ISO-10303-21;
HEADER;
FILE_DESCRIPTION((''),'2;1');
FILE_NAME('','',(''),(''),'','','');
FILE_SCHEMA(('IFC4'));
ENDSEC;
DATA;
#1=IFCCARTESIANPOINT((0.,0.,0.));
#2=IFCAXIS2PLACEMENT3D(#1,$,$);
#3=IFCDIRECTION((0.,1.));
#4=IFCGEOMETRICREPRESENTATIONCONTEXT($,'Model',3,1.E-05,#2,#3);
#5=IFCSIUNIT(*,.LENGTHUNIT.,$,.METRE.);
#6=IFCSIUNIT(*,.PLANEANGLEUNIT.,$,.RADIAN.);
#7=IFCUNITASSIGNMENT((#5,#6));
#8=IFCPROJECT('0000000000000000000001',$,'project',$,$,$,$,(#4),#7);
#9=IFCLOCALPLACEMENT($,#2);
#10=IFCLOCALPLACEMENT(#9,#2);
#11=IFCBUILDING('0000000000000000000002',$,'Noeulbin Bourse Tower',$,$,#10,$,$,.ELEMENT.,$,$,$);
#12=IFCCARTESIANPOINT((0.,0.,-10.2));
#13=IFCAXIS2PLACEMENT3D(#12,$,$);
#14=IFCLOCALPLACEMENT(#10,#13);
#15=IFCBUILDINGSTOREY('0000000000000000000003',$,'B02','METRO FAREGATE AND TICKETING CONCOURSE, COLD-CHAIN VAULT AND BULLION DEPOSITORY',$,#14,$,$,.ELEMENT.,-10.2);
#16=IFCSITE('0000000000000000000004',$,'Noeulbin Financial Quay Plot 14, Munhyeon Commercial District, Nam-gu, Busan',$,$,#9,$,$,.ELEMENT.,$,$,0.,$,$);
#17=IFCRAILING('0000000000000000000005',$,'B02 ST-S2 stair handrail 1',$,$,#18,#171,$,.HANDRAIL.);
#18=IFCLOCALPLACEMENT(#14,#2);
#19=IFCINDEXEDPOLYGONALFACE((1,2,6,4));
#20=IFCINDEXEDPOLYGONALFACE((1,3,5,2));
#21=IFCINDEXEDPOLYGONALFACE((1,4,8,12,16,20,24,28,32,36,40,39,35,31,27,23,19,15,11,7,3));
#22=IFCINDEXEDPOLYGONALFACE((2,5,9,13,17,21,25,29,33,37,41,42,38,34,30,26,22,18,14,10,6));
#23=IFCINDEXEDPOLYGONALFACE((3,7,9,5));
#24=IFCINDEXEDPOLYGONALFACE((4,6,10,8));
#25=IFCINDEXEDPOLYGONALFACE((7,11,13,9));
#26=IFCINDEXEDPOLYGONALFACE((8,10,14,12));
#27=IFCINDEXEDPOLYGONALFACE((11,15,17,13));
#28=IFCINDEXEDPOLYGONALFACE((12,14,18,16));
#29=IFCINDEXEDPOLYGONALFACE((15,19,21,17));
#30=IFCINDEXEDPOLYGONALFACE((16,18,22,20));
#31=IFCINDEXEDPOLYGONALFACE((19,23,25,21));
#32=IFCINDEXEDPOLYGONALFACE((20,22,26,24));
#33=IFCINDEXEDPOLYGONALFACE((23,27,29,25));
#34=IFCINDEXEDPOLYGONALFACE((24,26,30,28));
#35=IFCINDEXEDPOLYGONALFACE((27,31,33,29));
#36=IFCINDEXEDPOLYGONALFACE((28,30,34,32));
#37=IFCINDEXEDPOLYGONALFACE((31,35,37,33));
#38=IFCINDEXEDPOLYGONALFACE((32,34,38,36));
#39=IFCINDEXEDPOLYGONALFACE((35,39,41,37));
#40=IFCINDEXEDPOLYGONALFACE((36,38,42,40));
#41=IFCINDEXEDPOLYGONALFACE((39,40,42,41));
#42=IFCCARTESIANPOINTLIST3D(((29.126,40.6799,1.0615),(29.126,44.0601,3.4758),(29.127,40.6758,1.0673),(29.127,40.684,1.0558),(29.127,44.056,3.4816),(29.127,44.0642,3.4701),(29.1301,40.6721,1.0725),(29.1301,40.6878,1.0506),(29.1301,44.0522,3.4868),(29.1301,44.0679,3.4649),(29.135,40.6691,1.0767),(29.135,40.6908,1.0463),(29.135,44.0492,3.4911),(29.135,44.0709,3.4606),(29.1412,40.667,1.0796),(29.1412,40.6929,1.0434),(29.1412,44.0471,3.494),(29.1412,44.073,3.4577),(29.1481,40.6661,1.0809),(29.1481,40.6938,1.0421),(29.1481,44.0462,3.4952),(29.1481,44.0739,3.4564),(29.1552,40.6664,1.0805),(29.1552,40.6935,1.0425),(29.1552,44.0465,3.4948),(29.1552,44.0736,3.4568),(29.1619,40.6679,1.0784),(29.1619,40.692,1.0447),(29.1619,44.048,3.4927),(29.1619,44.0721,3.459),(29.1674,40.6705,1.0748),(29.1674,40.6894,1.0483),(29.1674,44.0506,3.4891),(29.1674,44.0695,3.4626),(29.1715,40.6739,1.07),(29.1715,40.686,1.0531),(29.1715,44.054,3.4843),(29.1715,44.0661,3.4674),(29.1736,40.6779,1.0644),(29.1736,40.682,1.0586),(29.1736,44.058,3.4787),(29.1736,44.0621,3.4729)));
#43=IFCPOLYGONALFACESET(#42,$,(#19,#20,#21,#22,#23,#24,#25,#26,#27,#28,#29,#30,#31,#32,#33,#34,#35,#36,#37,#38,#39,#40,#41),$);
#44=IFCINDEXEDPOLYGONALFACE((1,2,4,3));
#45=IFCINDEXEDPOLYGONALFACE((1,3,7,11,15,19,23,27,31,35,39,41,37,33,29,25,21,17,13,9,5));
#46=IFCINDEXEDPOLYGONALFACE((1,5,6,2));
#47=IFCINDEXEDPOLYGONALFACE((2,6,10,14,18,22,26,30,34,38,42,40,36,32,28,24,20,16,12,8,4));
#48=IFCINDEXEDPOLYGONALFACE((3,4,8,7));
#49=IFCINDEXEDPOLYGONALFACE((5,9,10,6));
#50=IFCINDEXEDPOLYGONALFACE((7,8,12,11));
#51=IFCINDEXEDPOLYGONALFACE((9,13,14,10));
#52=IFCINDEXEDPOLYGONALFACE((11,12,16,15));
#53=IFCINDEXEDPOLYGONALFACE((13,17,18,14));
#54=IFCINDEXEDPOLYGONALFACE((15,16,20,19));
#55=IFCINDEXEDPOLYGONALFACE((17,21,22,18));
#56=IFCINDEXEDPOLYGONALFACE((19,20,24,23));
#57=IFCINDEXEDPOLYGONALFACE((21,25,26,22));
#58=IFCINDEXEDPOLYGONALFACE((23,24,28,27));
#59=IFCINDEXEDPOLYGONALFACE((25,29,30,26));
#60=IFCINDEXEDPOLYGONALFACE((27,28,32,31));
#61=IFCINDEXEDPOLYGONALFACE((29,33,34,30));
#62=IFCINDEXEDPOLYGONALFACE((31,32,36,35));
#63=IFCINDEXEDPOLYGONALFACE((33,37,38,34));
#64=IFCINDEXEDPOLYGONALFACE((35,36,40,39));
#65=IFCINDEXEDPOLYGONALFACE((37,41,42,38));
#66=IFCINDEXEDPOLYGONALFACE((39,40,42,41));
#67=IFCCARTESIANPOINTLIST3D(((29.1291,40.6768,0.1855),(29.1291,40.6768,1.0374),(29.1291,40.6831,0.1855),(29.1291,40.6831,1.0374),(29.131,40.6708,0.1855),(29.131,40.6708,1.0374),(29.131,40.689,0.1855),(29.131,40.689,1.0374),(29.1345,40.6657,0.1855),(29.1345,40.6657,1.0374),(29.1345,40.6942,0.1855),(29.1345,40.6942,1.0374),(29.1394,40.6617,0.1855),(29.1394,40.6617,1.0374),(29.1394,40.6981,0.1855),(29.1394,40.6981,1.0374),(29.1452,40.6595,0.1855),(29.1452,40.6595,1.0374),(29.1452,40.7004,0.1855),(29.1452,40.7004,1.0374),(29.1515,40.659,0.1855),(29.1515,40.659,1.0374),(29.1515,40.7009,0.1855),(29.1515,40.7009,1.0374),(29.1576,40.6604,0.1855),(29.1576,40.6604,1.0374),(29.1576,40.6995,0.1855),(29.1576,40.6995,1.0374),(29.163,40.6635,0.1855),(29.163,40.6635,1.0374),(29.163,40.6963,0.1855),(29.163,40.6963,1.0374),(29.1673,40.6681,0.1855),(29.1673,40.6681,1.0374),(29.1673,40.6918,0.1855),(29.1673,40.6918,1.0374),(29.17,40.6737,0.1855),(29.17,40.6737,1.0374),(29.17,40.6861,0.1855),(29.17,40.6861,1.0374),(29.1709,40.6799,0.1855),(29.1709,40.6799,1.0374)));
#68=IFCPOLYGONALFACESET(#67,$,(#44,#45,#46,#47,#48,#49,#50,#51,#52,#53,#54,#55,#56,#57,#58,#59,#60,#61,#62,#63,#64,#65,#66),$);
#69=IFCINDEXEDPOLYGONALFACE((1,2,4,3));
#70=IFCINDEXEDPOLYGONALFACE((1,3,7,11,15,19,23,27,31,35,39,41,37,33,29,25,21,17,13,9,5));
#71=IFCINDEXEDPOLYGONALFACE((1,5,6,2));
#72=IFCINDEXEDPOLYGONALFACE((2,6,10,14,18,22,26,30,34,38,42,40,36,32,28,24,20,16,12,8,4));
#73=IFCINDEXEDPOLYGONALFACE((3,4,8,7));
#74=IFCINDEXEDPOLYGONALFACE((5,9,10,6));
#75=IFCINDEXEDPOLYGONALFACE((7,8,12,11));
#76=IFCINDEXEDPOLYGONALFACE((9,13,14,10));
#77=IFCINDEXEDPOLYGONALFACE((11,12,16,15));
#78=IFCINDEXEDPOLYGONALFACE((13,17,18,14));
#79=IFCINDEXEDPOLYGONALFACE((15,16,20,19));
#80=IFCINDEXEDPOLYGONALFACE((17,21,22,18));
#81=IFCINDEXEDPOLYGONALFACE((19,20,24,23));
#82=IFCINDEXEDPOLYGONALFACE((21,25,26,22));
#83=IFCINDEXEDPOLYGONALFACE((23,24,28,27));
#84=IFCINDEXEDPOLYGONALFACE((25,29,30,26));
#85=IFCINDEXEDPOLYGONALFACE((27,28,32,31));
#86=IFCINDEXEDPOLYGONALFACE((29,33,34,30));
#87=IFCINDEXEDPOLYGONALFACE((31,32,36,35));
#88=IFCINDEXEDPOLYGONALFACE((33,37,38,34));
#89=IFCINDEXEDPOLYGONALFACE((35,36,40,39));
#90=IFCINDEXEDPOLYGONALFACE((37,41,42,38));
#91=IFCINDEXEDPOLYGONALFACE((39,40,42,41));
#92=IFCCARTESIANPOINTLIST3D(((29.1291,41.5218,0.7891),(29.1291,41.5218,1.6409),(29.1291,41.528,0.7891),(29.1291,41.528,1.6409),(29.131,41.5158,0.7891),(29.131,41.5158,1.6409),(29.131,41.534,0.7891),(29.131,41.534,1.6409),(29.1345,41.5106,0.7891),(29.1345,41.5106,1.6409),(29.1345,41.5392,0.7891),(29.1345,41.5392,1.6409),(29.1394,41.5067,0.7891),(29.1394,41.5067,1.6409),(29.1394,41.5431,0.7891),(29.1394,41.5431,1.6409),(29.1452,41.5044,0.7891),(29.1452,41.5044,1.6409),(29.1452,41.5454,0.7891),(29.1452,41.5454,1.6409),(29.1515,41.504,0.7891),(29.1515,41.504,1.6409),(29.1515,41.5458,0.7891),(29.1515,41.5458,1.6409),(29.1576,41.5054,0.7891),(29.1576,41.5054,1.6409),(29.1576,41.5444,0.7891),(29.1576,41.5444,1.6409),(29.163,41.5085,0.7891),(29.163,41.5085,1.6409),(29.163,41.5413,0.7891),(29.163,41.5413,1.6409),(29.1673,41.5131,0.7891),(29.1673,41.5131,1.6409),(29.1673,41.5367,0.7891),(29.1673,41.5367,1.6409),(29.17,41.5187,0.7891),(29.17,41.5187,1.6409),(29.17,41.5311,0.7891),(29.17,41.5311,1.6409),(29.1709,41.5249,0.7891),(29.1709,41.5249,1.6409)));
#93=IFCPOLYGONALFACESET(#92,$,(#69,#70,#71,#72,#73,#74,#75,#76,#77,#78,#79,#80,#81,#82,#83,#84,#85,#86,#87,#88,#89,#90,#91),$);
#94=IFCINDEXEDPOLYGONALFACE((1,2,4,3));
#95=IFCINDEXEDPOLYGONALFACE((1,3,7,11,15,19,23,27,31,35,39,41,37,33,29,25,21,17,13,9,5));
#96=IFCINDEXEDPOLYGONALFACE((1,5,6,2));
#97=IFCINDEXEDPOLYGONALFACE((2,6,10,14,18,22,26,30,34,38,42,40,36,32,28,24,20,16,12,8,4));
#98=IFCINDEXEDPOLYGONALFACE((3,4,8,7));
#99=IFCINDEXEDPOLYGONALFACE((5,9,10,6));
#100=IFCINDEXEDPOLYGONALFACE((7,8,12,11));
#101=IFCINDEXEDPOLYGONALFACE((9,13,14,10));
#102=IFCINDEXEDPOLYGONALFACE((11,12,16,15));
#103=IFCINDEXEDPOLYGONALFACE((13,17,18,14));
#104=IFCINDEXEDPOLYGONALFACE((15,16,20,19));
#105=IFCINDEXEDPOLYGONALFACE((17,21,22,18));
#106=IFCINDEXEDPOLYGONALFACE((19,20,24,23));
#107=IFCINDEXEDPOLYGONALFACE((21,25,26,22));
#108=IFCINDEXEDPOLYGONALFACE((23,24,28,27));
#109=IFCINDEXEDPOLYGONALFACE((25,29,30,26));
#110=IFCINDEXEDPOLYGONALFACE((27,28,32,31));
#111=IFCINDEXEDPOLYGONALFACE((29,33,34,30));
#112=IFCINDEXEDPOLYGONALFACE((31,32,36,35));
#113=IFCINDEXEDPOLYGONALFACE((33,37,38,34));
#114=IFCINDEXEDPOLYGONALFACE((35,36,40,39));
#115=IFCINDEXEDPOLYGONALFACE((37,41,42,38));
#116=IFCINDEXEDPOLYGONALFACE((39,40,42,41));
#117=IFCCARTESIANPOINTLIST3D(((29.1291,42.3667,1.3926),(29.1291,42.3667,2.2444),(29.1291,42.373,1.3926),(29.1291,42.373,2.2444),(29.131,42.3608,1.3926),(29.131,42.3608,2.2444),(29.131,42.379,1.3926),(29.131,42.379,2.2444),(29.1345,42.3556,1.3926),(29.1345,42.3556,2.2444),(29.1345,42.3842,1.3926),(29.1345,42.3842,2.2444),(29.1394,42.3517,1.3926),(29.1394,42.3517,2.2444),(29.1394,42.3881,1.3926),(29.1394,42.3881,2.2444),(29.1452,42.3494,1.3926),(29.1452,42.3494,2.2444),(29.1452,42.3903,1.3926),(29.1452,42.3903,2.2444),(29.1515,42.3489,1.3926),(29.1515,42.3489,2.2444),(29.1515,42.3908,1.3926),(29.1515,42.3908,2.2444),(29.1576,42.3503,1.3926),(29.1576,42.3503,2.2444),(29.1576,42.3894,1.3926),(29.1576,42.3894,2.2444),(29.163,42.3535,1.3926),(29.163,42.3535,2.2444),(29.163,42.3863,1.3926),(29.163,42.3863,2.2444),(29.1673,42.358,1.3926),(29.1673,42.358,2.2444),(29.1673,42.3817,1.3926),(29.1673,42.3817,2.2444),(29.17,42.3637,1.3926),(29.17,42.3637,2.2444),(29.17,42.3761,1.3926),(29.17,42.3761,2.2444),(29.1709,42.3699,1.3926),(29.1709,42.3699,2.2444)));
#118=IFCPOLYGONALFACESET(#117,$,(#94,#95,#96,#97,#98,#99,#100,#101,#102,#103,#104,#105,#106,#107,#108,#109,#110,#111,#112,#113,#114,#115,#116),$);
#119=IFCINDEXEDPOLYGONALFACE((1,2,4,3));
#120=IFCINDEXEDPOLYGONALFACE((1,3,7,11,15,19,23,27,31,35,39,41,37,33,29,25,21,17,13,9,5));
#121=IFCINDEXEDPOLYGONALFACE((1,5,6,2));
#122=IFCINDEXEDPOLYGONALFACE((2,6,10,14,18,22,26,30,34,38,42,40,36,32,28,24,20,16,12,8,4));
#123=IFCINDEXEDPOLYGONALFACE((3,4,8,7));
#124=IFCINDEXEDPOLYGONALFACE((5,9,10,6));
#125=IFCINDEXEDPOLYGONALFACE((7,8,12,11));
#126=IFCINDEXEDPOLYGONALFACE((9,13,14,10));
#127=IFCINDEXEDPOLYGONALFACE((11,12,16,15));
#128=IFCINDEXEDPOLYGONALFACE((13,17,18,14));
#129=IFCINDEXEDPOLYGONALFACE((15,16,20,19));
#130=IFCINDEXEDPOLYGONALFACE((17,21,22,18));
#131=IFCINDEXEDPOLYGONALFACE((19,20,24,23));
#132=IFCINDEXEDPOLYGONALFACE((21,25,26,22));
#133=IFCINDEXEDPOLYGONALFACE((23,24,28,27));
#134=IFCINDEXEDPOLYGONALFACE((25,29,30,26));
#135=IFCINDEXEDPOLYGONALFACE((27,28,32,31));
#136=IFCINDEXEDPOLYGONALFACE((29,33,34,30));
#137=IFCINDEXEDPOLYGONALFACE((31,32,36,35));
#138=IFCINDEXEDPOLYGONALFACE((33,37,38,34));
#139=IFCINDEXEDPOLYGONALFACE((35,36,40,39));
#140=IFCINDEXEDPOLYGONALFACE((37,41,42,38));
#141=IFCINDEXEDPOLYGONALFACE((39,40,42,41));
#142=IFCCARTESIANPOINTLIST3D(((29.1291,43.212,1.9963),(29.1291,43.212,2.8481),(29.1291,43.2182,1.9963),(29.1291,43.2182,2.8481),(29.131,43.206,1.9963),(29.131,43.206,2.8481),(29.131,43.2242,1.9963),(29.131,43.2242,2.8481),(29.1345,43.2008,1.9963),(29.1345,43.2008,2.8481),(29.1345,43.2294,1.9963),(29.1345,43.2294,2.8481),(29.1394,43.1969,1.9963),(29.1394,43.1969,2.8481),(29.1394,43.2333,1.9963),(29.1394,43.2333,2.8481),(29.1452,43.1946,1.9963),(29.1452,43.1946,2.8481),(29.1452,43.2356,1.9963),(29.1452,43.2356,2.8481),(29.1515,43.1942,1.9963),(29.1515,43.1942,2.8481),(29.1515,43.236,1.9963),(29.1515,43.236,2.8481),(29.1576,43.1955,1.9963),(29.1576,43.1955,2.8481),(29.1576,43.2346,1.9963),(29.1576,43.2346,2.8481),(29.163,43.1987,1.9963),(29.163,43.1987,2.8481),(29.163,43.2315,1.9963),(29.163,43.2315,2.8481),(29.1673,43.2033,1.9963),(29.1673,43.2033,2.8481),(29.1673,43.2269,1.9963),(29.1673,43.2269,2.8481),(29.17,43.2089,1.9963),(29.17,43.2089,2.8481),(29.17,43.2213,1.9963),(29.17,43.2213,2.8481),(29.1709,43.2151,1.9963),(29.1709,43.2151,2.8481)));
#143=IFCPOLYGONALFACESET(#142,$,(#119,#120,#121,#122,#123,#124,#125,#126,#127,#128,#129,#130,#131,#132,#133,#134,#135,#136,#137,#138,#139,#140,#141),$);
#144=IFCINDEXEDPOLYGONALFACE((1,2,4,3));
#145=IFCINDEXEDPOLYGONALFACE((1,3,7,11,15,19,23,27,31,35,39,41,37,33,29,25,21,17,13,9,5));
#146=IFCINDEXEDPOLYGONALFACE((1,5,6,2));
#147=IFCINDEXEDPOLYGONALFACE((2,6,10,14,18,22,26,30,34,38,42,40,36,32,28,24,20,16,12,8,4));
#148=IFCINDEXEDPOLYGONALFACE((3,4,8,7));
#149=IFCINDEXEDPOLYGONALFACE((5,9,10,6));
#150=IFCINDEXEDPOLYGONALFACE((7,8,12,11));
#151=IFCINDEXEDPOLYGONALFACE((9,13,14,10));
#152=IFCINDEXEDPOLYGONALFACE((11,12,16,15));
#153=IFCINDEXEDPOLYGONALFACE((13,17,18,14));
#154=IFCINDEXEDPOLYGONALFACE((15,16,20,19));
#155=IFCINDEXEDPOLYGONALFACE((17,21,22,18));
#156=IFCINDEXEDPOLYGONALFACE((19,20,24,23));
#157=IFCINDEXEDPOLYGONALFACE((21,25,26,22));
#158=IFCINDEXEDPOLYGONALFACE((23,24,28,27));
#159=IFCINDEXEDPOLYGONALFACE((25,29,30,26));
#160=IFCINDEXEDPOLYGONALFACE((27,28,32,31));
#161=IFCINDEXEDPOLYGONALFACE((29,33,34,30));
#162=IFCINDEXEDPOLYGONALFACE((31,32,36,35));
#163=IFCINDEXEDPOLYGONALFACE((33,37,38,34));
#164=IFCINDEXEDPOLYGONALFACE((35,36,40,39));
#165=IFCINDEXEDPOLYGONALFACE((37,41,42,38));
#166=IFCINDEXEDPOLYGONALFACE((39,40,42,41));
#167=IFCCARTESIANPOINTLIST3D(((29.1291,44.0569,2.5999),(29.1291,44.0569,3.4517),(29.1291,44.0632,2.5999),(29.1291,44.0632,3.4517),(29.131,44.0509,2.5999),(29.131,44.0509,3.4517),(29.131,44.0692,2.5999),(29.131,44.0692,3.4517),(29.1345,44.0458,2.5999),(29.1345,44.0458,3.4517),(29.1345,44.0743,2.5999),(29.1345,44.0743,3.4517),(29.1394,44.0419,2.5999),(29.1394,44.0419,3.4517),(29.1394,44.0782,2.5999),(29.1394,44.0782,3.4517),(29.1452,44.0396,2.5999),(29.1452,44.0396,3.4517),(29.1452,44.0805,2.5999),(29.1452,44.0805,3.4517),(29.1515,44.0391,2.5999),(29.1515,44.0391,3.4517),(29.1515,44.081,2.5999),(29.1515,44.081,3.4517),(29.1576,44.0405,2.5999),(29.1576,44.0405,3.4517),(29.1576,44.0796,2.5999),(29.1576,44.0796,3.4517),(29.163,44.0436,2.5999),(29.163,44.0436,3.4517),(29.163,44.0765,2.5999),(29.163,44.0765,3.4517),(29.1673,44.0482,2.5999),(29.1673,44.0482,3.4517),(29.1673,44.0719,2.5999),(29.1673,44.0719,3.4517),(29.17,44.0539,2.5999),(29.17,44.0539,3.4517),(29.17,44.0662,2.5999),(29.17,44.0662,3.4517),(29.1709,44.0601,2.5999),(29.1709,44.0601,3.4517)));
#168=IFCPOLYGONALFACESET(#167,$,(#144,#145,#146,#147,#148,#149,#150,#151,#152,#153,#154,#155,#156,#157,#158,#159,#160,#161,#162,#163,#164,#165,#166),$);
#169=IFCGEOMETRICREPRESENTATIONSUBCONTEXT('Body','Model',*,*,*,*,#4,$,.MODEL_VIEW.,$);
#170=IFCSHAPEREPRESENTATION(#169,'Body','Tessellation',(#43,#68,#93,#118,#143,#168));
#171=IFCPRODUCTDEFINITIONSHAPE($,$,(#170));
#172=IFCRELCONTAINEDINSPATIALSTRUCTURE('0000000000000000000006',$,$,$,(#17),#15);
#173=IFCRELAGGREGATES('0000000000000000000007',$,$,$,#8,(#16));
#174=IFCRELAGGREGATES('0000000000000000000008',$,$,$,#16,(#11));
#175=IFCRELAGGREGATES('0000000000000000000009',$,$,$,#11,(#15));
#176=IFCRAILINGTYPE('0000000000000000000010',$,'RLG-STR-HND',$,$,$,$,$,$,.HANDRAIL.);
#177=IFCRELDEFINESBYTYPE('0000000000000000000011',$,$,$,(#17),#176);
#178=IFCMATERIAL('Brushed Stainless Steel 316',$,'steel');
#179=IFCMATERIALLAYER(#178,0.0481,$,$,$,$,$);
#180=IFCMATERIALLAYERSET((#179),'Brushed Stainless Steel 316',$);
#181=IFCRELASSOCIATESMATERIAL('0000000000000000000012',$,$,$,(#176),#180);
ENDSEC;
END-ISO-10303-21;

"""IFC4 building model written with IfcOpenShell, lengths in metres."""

from ifc_helpers import new_model, si_unit, direction, frame, origin, origin_2d, place, context, subcontext, project, spatial, circle, extrude, material, layer, layer_set, type_object, element, save


model = new_model("IFC4")

# Units and contexts
model_context = context("Model", 3, precision=1e-05, world=origin(), true_north=direction((0.0, 1.0)))
body_context = subcontext(model_context, "Body", "Model", "MODEL_VIEW")
ifc_project = project(units=[si_unit("LENGTHUNIT", "METRE"), si_unit("PLANEANGLEUNIT", "RADIAN")], contexts=[model_context])

# Site, building, storey
site_placement = place(None, origin())
site = spatial("IfcSite", under=ifc_project, at=site_placement, Name="Noeulbin Financial Quay Plot 14, Munhyeon Commercial District, Nam-gu, Busan", CompositionType="ELEMENT", RefElevation=0.0)
building_placement = place(site_placement, origin())
building = spatial("IfcBuilding", under=site, at=building_placement, Name="Noeulbin Bourse Tower", CompositionType="ELEMENT")
storey_placement = place(building_placement, frame((0.0, 0.0, -10.2)))
storey = spatial("IfcBuildingStorey", under=building, at=storey_placement, Name="B02", Description="METRO FAREGATE AND TICKETING CONCOURSE, COLD-CHAIN VAULT AND BULLION DEPOSITORY", CompositionType="ELEMENT", Elevation=-10.2)

# Railing
ifc_material_1 = material(Name="Brushed Stainless Steel 316", Category="steel")
ifc_layer_1 = layer(ifc_material_1, 0.0481)
ifc_layer_set_1 = layer_set([ifc_layer_1], Name="Brushed Stainless Steel 316")
railing_type_1 = type_object("IfcRailingType", Name="RLG-STR-HND", PredefinedType="HANDRAIL", material=ifc_layer_set_1)
railing_1_placement = place(storey_placement, frame((29.1499, 40.6799, 0.1855)))
element("IfcRailing", 1, at=railing_1_placement, inside=storey, type_object=railing_type_1, Name="B02 ST-S2 stair handrail 1", PredefinedType="HANDRAIL", context=body_context, shape_type="SweptSolid", body=[
    extrude(circle(Radius=0.0239, at=origin_2d()), frame((0.0, 0.0, 0.876), z_axis=(0.0, 0.813741, 0.581227), x_axis=(-1.0, 0.0, 0.0)), (0.0, 0.0, 1.0), 4.1538),
    extrude(circle(Radius=0.021, at=origin_2d()), origin(), (0.0, 0.0, 1.0), 0.8518),
    extrude(circle(Radius=0.021, at=origin_2d()), frame((0.0, 0.845, 0.6035)), (0.0, 0.0, 1.0), 0.8518),
    extrude(circle(Radius=0.021, at=origin_2d()), frame((0.0, 1.6899, 1.207)), (0.0, 0.0, 1.0), 0.8518),
    extrude(circle(Radius=0.021, at=origin_2d()), frame((0.0, 2.5352, 1.8108)), (0.0, 0.0, 1.0), 0.8518),
    extrude(circle(Radius=0.021, at=origin_2d()), frame((0.0, 3.3801, 2.4143)), (0.0, 0.0, 1.0), 0.8518),
])

save(model, "model.ifc")
